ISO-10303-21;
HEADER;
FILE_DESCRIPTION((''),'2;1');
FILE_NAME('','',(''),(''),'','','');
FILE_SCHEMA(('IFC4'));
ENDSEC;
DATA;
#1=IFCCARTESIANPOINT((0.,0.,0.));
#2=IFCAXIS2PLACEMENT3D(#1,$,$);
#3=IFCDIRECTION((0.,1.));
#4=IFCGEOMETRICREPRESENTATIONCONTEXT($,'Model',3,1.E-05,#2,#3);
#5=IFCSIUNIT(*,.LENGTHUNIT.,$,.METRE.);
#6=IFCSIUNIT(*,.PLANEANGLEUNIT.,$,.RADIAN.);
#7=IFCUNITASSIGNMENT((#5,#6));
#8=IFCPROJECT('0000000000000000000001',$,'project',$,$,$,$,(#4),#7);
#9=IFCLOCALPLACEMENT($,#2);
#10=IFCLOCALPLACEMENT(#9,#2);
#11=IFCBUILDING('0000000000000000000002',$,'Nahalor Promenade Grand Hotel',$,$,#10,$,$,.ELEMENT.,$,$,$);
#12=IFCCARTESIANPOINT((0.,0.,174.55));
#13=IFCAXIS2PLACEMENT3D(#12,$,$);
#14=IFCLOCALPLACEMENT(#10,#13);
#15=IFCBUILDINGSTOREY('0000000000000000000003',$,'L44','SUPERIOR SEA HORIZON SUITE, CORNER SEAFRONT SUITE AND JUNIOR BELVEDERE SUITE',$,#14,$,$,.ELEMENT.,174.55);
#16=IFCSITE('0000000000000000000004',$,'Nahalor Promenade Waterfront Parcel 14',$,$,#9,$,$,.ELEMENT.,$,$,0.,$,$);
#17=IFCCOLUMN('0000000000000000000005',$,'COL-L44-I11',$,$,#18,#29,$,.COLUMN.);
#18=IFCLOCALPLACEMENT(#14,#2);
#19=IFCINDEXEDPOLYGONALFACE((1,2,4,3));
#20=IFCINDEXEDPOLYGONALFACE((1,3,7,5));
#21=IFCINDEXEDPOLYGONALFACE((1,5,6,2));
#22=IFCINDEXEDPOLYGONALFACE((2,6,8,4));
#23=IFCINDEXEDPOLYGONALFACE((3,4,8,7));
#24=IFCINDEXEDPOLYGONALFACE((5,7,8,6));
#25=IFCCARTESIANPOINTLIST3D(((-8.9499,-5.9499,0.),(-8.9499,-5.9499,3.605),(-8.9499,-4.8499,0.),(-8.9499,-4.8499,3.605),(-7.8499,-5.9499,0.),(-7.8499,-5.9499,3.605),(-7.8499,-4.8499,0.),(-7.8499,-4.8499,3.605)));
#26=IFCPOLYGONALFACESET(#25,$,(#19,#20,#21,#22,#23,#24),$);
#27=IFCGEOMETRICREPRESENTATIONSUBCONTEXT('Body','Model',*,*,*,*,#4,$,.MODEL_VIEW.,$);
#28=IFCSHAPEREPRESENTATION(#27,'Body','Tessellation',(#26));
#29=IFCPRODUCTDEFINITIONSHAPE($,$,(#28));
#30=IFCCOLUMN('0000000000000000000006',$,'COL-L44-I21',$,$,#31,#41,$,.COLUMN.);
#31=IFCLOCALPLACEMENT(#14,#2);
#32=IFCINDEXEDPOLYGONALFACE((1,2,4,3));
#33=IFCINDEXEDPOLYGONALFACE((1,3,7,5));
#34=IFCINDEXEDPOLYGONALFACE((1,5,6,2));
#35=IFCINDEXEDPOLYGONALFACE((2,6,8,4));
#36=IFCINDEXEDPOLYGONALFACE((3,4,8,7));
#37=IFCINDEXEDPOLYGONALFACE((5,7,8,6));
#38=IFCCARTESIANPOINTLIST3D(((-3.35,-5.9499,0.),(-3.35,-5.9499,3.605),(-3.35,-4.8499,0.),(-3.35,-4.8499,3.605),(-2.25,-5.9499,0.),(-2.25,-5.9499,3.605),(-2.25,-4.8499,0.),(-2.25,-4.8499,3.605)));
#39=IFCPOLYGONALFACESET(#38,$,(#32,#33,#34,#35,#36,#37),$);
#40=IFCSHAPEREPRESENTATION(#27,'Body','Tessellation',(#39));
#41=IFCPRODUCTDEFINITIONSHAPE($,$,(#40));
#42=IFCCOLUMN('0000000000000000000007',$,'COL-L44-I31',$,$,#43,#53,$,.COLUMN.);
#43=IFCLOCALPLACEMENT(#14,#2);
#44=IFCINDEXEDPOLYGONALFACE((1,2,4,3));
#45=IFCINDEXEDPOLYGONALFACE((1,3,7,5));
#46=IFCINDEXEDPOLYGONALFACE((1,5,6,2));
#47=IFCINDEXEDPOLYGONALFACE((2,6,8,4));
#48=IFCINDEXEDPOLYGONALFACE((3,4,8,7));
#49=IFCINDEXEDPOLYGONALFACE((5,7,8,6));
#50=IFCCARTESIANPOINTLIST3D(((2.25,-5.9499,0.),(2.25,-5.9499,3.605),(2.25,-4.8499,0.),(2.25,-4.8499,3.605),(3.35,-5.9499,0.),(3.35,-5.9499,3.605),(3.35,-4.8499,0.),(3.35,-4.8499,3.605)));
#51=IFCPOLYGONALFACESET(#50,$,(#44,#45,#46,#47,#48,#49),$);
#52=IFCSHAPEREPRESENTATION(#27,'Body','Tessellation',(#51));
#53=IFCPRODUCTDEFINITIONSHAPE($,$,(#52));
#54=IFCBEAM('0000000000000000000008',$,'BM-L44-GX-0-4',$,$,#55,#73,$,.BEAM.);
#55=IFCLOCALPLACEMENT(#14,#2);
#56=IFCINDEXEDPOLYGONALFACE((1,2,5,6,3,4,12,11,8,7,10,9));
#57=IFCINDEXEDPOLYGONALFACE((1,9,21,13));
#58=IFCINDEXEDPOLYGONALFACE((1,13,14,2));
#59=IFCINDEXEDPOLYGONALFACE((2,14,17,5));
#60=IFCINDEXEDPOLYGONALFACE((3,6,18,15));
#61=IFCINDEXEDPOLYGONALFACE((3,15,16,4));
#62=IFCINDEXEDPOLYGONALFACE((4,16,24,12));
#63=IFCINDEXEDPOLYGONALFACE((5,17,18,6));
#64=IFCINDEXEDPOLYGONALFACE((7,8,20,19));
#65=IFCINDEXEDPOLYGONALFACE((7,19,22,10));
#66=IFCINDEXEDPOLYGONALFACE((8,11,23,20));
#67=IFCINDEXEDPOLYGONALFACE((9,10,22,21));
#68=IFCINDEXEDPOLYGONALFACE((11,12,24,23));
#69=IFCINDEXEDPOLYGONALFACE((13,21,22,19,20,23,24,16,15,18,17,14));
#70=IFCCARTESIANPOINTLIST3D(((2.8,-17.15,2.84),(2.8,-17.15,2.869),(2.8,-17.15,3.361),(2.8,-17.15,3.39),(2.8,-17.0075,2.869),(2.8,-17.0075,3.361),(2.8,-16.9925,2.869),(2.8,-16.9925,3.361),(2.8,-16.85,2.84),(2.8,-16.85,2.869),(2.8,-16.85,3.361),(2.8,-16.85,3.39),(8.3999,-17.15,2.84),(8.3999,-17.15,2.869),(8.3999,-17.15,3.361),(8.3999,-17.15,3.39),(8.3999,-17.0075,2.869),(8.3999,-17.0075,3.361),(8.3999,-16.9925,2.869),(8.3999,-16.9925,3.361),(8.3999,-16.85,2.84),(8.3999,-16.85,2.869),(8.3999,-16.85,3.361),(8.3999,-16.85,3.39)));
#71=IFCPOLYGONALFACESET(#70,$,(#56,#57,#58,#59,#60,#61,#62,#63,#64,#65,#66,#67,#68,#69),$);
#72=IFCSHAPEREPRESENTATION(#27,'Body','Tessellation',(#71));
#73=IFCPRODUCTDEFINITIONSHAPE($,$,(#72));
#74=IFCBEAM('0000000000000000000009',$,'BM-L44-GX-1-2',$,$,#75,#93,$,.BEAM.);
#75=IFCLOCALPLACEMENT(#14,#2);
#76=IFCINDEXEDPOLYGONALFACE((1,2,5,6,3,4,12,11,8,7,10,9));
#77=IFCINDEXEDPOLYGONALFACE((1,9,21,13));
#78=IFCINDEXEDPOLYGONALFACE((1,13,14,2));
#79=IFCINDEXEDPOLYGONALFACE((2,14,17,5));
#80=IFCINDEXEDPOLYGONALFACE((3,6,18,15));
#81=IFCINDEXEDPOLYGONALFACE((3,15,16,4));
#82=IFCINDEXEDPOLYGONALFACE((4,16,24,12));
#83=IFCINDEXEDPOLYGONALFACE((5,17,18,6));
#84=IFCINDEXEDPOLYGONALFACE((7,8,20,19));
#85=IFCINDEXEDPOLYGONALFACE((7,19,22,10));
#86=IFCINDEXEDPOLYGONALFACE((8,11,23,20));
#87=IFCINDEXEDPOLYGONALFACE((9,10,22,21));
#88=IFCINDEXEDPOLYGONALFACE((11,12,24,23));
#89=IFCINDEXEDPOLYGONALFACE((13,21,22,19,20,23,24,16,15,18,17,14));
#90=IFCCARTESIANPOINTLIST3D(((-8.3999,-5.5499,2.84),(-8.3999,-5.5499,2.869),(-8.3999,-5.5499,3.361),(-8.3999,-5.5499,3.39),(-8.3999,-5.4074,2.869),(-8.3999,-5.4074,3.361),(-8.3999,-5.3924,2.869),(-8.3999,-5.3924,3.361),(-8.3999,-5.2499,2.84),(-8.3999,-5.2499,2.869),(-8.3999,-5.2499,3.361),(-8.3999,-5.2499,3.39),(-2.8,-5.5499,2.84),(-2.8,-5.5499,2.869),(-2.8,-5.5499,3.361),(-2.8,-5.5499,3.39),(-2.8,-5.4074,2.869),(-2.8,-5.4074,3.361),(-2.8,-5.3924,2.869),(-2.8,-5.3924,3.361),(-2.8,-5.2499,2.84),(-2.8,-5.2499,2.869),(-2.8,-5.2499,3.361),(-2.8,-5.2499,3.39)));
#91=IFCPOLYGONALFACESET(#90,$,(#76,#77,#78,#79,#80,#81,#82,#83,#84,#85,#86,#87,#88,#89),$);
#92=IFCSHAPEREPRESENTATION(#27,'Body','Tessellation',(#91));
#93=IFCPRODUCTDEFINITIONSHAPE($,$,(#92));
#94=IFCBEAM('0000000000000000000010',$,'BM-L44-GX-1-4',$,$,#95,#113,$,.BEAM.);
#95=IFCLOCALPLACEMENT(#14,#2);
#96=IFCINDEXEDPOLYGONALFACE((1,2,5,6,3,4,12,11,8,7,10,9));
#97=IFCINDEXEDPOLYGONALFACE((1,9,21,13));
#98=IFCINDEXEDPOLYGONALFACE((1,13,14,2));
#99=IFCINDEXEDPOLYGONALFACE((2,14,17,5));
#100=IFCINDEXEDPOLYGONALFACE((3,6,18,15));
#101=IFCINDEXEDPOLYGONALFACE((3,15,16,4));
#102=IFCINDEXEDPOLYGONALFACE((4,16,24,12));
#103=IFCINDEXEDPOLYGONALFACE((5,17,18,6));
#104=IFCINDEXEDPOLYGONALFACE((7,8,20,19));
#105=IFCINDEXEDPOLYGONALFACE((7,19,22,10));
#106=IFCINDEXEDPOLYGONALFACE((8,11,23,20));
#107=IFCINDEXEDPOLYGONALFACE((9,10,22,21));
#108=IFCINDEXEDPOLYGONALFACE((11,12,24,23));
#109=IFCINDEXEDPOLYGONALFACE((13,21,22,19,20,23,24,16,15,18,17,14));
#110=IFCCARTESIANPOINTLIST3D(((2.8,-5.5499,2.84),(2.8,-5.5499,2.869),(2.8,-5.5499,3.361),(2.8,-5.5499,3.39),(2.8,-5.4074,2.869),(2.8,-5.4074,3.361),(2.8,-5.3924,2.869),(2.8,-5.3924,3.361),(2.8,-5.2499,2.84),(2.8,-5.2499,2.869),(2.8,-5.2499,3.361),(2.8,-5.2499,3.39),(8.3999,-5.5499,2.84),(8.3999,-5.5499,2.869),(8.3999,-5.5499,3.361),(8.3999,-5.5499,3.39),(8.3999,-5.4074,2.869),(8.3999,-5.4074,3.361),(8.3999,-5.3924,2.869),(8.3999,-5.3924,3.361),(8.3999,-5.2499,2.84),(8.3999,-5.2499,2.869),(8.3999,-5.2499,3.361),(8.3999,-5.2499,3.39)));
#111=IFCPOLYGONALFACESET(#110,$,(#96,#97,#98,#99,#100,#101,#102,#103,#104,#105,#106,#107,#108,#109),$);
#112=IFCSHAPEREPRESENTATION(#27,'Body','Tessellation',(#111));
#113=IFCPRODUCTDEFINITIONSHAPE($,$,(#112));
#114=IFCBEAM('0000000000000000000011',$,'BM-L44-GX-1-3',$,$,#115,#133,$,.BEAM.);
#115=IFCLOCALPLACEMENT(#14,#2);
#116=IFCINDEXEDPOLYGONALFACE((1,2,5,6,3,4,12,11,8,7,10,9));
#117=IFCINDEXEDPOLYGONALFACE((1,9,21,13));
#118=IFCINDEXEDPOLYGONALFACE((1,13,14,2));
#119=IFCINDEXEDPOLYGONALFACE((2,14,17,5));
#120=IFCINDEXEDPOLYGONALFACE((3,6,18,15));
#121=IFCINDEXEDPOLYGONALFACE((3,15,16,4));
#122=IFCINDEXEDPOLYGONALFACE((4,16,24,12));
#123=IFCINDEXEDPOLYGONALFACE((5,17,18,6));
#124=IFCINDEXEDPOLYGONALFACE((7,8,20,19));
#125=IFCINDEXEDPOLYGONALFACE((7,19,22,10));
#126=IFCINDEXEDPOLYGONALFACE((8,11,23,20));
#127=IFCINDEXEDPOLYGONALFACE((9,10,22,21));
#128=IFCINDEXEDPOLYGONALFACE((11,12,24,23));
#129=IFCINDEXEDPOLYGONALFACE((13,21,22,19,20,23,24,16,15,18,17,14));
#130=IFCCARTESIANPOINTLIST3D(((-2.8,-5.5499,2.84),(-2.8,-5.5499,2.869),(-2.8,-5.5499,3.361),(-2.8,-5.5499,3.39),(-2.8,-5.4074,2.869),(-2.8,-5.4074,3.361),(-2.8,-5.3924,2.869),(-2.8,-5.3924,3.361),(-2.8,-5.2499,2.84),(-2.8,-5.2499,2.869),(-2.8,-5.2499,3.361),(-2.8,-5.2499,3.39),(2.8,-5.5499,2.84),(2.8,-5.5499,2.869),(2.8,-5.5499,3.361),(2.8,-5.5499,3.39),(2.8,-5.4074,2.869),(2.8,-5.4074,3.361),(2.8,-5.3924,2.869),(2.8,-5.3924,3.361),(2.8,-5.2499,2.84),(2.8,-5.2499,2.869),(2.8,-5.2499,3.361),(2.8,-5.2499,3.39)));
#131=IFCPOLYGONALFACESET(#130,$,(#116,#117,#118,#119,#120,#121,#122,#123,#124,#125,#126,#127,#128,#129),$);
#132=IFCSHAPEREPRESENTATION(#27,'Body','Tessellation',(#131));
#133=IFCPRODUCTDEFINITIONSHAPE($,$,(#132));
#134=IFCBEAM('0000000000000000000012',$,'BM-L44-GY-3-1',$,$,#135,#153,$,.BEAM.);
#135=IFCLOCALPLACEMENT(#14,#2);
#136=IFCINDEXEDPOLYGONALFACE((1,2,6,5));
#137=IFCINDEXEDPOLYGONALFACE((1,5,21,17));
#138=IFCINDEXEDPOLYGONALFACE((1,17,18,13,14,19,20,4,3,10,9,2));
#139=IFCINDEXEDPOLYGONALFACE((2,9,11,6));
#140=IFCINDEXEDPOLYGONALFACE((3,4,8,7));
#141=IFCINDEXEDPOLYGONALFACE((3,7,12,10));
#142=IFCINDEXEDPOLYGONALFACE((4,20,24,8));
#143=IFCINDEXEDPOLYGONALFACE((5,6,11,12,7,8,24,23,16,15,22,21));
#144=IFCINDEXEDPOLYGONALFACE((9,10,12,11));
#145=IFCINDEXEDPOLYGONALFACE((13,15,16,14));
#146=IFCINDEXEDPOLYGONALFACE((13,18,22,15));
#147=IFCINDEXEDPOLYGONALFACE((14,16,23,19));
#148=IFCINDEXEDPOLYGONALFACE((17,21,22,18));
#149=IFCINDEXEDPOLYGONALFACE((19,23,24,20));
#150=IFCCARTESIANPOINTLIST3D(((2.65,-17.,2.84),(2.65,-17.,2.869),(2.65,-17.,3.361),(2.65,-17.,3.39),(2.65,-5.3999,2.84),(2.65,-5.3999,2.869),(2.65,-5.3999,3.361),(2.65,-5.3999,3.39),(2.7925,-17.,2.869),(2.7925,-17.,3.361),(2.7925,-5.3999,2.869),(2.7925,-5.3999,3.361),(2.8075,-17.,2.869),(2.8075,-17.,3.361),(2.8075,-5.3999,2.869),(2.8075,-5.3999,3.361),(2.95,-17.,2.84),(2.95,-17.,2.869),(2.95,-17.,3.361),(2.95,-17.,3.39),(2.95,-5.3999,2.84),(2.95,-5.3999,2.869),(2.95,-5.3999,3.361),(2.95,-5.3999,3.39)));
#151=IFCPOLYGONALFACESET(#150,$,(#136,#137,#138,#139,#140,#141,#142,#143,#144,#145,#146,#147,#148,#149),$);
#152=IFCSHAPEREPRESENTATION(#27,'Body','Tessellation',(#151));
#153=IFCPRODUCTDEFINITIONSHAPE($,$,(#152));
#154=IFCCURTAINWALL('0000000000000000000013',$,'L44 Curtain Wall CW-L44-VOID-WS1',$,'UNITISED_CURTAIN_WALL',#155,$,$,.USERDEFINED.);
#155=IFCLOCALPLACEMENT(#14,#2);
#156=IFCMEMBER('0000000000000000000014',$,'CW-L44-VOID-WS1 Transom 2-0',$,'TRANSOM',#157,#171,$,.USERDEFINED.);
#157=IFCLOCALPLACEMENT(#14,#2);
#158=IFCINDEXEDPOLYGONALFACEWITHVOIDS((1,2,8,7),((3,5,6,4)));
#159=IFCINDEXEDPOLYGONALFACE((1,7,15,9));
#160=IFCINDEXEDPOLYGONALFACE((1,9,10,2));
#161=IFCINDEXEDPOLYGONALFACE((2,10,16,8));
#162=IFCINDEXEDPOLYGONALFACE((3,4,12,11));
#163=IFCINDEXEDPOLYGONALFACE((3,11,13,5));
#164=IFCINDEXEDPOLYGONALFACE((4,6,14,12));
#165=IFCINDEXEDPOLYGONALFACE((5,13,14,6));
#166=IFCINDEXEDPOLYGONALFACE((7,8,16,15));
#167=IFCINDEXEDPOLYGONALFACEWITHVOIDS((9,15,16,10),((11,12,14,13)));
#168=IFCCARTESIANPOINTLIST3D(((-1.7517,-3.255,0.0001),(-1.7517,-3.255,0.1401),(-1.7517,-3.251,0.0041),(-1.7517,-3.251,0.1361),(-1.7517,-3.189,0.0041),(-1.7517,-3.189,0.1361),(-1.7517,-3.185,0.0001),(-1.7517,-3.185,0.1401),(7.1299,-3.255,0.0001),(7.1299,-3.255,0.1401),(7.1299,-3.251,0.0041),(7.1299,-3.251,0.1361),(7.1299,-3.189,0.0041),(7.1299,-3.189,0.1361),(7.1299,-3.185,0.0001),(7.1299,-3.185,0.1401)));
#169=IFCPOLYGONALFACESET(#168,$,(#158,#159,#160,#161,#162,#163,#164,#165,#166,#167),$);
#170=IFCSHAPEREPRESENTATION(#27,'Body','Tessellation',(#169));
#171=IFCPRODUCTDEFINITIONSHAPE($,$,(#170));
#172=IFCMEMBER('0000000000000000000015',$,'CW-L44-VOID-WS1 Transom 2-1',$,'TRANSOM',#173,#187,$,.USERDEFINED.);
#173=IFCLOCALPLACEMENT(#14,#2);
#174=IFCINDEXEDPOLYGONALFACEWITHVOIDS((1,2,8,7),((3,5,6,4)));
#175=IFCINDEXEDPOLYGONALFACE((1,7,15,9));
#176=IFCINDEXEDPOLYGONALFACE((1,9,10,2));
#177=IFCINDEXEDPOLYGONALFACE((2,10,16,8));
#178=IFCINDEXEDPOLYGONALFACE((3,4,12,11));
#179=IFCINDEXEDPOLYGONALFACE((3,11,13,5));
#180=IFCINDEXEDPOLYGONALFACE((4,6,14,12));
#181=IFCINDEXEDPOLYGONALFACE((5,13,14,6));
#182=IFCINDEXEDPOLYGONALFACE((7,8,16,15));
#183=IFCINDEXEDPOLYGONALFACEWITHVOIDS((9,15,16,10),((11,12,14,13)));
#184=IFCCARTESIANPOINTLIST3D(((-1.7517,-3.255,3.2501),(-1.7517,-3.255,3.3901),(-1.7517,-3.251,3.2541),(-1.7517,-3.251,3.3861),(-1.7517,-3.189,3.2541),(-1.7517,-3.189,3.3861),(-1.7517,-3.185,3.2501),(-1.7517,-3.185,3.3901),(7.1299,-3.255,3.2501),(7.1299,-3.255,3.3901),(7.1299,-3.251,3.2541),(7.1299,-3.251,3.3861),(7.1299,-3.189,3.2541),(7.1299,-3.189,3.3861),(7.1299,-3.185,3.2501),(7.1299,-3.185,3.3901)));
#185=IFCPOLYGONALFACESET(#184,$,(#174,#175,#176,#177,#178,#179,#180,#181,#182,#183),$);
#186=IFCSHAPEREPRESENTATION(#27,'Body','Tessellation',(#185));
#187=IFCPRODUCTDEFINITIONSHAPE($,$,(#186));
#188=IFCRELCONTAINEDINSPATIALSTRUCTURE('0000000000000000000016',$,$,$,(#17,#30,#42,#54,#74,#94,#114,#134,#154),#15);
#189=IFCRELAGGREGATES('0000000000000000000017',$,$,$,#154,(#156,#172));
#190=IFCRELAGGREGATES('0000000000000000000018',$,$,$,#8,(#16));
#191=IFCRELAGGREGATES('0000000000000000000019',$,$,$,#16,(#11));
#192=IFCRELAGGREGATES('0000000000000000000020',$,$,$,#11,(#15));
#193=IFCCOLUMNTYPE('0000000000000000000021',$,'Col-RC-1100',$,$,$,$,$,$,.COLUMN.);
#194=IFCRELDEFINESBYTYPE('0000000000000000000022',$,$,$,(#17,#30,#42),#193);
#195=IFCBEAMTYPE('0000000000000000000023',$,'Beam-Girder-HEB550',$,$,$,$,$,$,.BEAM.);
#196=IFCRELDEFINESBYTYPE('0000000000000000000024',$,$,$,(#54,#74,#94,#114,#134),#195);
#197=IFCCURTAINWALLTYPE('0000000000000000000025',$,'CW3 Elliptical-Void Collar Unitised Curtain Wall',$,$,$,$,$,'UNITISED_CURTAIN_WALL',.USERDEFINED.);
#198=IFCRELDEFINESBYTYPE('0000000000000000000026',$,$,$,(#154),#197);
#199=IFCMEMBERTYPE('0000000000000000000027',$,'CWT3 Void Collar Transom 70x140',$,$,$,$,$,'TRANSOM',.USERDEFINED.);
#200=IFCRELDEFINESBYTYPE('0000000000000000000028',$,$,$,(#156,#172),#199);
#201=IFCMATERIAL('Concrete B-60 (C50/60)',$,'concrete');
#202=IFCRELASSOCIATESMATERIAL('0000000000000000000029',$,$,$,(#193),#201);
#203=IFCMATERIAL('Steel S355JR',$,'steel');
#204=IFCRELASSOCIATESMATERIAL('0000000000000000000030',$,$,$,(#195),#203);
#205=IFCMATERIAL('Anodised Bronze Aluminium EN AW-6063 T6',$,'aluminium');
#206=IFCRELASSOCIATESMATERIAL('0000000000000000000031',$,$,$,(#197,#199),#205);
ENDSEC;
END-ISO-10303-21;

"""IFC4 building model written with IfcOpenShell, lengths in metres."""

from ifc_helpers import new_model, si_unit, direction, frame, origin, origin_2d, place, context, subcontext, project, spatial, rectangle, hollow_rectangle, i_section, extrude, source, transform, mapped, material, material_profile, profile_set, type_object, element, aggregate, save


model = new_model("IFC4")

# Units and contexts
model_context = context("Model", 3, precision=1e-05, world=origin(), true_north=direction((0.0, 1.0)))
body_context = subcontext(model_context, "Body", "Model", "MODEL_VIEW")
ifc_project = project(units=[si_unit("LENGTHUNIT", "METRE"), si_unit("PLANEANGLEUNIT", "RADIAN")], contexts=[model_context])

# Site, building, storey
site_placement = place(None, origin())
site = spatial("IfcSite", under=ifc_project, at=site_placement, Name="Nahalor Promenade Waterfront Parcel 14", CompositionType="ELEMENT", RefElevation=0.0)
building_placement = place(site_placement, origin())
building = spatial("IfcBuilding", under=site, at=building_placement, Name="Nahalor Promenade Grand Hotel", CompositionType="ELEMENT")
storey_placement = place(building_placement, frame((0.0, 0.0, 174.55)))
storey = spatial("IfcBuildingStorey", under=building, at=storey_placement, Name="L44", Description="SUPERIOR SEA HORIZON SUITE, CORNER SEAFRONT SUITE AND JUNIOR BELVEDERE SUITE", CompositionType="ELEMENT", Elevation=174.55)

# Columns
ifc_material_1 = material(Name="Concrete B-60 (C50/60)", Category="concrete")
ifc_material_profile_1 = material_profile(ifc_material_1, rectangle(XDim=1.1, YDim=1.1, at=origin_2d()), Name="RC 1100x1100")
ifc_profile_set_1 = profile_set([ifc_material_profile_1], Name="Concrete B-60 (C50/60)")
column_type = type_object("IfcColumnType", Name="Col-RC-1100", PredefinedType="COLUMN", material=ifc_profile_set_1)
shared_shape_1 = source(origin(), body_context, "Body", "SweptSolid", [
    extrude(rectangle(XDim=1.1, YDim=1.1, at=origin_2d()), origin(), (0.0, 0.0, 1.0), 3.605),
])
for number, where, z_axis, x_axis, name in (
    (1, (-8.3999, -5.3999, 0.0), (0.0, 0.0, 1.0), (1.0, 0.0, 0.0), "COL-L44-I11"),
    (2, (-2.8, -5.3999, 0.0), (0.0, 0.0, 1.0), (1.0, 0.0, 0.0), "COL-L44-I21"),
    (3, (2.8, -5.3999, 0.0), (0.0, 0.0, 1.0), (1.0, 0.0, 0.0), "COL-L44-I31"),
):
    element("IfcColumn", number, at=place(storey_placement, frame(where, z_axis=z_axis, x_axis=x_axis)), inside=storey, type_object=column_type, Name=name, PredefinedType="COLUMN", context=body_context, shape_type="MappedRepresentation", body=[
        mapped(shared_shape_1, transform((0.0, 0.0, 0.0), scale=1.0)),
    ])

# Beams
ifc_material_2 = material(Name="Steel S355JR", Category="steel")
ifc_material_profile_2 = material_profile(ifc_material_2, i_section(OverallWidth=0.3, OverallDepth=0.55, WebThickness=0.015, FlangeThickness=0.029, at=origin_2d()), Name="HEB 550")
ifc_profile_set_2 = profile_set([ifc_material_profile_2], Name="Steel S355JR")
beam_type = type_object("IfcBeamType", Name="Beam-Girder-HEB550", PredefinedType="BEAM", material=ifc_profile_set_2)
shared_shape_2 = source(origin(), body_context, "Body", "SweptSolid", [
    extrude(i_section(OverallWidth=0.3, OverallDepth=0.55, WebThickness=0.015, FlangeThickness=0.029, at=origin_2d()), origin(), (0.0, 0.0, 1.0), 5.5999),
])
for number, where, z_axis, x_axis, name in (
    (4, (2.8, -17.0, 3.115), (1.0, 0.0, 0.0), (0.0, 1.0, 0.0), "BM-L44-GX-0-4"),
    (5, (-8.3999, -5.3999, 3.115), (1.0, 0.0, 0.0), (0.0, 1.0, 0.0), "BM-L44-GX-1-2"),
    (6, (2.8, -5.3999, 3.115), (1.0, 0.0, 0.0), (0.0, 1.0, 0.0), "BM-L44-GX-1-4"),
):
    element("IfcBeam", number, at=place(storey_placement, frame(where, z_axis=z_axis, x_axis=x_axis)), inside=storey, type_object=beam_type, Name=name, PredefinedType="BEAM", context=body_context, shape_type="MappedRepresentation", body=[
        mapped(shared_shape_2, transform((0.0, 0.0, 0.0), scale=1.0)),
    ])
shared_shape_3 = source(origin(), body_context, "Body", "SweptSolid", [
    extrude(i_section(OverallWidth=0.3, OverallDepth=0.55, WebThickness=0.015, FlangeThickness=0.029, at=origin_2d()), origin(), (0.0, 0.0, 1.0), 5.6001),
])
beam_1_placement = place(storey_placement, frame((-2.8, -5.3999, 3.115), z_axis=(1.0, 0.0, 0.0), x_axis=(0.0, 1.0, 0.0)))
element("IfcBeam", 7, at=beam_1_placement, inside=storey, type_object=beam_type, Name="BM-L44-GX-1-3", PredefinedType="BEAM", context=body_context, shape_type="MappedRepresentation", body=[
    mapped(shared_shape_3, transform((0.0, 0.0, 0.0), scale=1.0)),
])
shared_shape_4 = source(origin(), body_context, "Body", "SweptSolid", [
    extrude(i_section(OverallWidth=0.3, OverallDepth=0.55, WebThickness=0.015, FlangeThickness=0.029, at=origin_2d()), origin(), (0.0, 0.0, 1.0), 11.6001),
])
beam_2_placement = place(storey_placement, frame((2.8, -17.0, 3.115), z_axis=(0.0, 1.0, 0.0), x_axis=(-1.0, 0.0, 0.0)))
element("IfcBeam", 8, at=beam_2_placement, inside=storey, type_object=beam_type, Name="BM-L44-GY-3-1", PredefinedType="BEAM", context=body_context, shape_type="MappedRepresentation", body=[
    mapped(shared_shape_4, transform((0.0, 0.0, 0.0), scale=1.0)),
])

# Curtain wall, members
ifc_material_3 = material(Name="Anodised Bronze Aluminium EN AW-6063 T6", Category="aluminium")
curtain_wall_type = type_object("IfcCurtainWallType", Name="CW3 Elliptical-Void Collar Unitised Curtain Wall", ElementType="UNITISED_CURTAIN_WALL", PredefinedType="USERDEFINED", material=ifc_material_3)
curtain_wall_placement = place(storey_placement, origin())
curtain_wall = element("IfcCurtainWall", 9, at=curtain_wall_placement, inside=storey, type_object=curtain_wall_type, Name="L44 Curtain Wall CW-L44-VOID-WS1", ObjectType="UNITISED_CURTAIN_WALL", PredefinedType="USERDEFINED")
ifc_material_profile_3 = material_profile(ifc_material_3, hollow_rectangle(XDim=0.07, YDim=0.14, WallThickness=0.004, at=origin_2d()), Name="CWT 70x140x4")
ifc_profile_set_3 = profile_set([ifc_material_profile_3], Name="Anodised Bronze Aluminium EN AW-6063 T6")
member_type_1 = type_object("IfcMemberType", Name="CWT3 Void Collar Transom 70x140", ElementType="TRANSOM", PredefinedType="USERDEFINED", material=ifc_profile_set_3)
shared_shape_5 = source(origin(), body_context, "Body", "SweptSolid", [
    extrude(hollow_rectangle(XDim=0.07, YDim=0.14, WallThickness=0.004, at=origin_2d()), origin(), (0.0, 0.0, 1.0), 8.8816),
])
member_1_placement = place(storey_placement, frame((-1.7517, -3.22, 0.0701), z_axis=(1.0, 0.0, 0.0), x_axis=(0.0, 1.0, 0.0)))
member_1 = element("IfcMember", 10, at=member_1_placement, type_object=member_type_1, Name="CW-L44-VOID-WS1 Transom 2-0", ObjectType="TRANSOM", PredefinedType="USERDEFINED", context=body_context, shape_type="MappedRepresentation", body=[
    mapped(shared_shape_5, transform((0.0, 0.0, 0.0), scale=1.0)),
])
member_2_placement = place(storey_placement, frame((-1.7517, -3.22, 3.3201), z_axis=(1.0, 0.0, 0.0), x_axis=(0.0, 1.0, 0.0)))
member_2 = element("IfcMember", 11, at=member_2_placement, type_object=member_type_1, Name="CW-L44-VOID-WS1 Transom 2-1", ObjectType="TRANSOM", PredefinedType="USERDEFINED", context=body_context, shape_type="MappedRepresentation", body=[
    mapped(shared_shape_5, transform((0.0, 0.0, 0.0), scale=1.0)),
])
aggregate(curtain_wall, [member_1, member_2])

save(model, "model.ifc")
